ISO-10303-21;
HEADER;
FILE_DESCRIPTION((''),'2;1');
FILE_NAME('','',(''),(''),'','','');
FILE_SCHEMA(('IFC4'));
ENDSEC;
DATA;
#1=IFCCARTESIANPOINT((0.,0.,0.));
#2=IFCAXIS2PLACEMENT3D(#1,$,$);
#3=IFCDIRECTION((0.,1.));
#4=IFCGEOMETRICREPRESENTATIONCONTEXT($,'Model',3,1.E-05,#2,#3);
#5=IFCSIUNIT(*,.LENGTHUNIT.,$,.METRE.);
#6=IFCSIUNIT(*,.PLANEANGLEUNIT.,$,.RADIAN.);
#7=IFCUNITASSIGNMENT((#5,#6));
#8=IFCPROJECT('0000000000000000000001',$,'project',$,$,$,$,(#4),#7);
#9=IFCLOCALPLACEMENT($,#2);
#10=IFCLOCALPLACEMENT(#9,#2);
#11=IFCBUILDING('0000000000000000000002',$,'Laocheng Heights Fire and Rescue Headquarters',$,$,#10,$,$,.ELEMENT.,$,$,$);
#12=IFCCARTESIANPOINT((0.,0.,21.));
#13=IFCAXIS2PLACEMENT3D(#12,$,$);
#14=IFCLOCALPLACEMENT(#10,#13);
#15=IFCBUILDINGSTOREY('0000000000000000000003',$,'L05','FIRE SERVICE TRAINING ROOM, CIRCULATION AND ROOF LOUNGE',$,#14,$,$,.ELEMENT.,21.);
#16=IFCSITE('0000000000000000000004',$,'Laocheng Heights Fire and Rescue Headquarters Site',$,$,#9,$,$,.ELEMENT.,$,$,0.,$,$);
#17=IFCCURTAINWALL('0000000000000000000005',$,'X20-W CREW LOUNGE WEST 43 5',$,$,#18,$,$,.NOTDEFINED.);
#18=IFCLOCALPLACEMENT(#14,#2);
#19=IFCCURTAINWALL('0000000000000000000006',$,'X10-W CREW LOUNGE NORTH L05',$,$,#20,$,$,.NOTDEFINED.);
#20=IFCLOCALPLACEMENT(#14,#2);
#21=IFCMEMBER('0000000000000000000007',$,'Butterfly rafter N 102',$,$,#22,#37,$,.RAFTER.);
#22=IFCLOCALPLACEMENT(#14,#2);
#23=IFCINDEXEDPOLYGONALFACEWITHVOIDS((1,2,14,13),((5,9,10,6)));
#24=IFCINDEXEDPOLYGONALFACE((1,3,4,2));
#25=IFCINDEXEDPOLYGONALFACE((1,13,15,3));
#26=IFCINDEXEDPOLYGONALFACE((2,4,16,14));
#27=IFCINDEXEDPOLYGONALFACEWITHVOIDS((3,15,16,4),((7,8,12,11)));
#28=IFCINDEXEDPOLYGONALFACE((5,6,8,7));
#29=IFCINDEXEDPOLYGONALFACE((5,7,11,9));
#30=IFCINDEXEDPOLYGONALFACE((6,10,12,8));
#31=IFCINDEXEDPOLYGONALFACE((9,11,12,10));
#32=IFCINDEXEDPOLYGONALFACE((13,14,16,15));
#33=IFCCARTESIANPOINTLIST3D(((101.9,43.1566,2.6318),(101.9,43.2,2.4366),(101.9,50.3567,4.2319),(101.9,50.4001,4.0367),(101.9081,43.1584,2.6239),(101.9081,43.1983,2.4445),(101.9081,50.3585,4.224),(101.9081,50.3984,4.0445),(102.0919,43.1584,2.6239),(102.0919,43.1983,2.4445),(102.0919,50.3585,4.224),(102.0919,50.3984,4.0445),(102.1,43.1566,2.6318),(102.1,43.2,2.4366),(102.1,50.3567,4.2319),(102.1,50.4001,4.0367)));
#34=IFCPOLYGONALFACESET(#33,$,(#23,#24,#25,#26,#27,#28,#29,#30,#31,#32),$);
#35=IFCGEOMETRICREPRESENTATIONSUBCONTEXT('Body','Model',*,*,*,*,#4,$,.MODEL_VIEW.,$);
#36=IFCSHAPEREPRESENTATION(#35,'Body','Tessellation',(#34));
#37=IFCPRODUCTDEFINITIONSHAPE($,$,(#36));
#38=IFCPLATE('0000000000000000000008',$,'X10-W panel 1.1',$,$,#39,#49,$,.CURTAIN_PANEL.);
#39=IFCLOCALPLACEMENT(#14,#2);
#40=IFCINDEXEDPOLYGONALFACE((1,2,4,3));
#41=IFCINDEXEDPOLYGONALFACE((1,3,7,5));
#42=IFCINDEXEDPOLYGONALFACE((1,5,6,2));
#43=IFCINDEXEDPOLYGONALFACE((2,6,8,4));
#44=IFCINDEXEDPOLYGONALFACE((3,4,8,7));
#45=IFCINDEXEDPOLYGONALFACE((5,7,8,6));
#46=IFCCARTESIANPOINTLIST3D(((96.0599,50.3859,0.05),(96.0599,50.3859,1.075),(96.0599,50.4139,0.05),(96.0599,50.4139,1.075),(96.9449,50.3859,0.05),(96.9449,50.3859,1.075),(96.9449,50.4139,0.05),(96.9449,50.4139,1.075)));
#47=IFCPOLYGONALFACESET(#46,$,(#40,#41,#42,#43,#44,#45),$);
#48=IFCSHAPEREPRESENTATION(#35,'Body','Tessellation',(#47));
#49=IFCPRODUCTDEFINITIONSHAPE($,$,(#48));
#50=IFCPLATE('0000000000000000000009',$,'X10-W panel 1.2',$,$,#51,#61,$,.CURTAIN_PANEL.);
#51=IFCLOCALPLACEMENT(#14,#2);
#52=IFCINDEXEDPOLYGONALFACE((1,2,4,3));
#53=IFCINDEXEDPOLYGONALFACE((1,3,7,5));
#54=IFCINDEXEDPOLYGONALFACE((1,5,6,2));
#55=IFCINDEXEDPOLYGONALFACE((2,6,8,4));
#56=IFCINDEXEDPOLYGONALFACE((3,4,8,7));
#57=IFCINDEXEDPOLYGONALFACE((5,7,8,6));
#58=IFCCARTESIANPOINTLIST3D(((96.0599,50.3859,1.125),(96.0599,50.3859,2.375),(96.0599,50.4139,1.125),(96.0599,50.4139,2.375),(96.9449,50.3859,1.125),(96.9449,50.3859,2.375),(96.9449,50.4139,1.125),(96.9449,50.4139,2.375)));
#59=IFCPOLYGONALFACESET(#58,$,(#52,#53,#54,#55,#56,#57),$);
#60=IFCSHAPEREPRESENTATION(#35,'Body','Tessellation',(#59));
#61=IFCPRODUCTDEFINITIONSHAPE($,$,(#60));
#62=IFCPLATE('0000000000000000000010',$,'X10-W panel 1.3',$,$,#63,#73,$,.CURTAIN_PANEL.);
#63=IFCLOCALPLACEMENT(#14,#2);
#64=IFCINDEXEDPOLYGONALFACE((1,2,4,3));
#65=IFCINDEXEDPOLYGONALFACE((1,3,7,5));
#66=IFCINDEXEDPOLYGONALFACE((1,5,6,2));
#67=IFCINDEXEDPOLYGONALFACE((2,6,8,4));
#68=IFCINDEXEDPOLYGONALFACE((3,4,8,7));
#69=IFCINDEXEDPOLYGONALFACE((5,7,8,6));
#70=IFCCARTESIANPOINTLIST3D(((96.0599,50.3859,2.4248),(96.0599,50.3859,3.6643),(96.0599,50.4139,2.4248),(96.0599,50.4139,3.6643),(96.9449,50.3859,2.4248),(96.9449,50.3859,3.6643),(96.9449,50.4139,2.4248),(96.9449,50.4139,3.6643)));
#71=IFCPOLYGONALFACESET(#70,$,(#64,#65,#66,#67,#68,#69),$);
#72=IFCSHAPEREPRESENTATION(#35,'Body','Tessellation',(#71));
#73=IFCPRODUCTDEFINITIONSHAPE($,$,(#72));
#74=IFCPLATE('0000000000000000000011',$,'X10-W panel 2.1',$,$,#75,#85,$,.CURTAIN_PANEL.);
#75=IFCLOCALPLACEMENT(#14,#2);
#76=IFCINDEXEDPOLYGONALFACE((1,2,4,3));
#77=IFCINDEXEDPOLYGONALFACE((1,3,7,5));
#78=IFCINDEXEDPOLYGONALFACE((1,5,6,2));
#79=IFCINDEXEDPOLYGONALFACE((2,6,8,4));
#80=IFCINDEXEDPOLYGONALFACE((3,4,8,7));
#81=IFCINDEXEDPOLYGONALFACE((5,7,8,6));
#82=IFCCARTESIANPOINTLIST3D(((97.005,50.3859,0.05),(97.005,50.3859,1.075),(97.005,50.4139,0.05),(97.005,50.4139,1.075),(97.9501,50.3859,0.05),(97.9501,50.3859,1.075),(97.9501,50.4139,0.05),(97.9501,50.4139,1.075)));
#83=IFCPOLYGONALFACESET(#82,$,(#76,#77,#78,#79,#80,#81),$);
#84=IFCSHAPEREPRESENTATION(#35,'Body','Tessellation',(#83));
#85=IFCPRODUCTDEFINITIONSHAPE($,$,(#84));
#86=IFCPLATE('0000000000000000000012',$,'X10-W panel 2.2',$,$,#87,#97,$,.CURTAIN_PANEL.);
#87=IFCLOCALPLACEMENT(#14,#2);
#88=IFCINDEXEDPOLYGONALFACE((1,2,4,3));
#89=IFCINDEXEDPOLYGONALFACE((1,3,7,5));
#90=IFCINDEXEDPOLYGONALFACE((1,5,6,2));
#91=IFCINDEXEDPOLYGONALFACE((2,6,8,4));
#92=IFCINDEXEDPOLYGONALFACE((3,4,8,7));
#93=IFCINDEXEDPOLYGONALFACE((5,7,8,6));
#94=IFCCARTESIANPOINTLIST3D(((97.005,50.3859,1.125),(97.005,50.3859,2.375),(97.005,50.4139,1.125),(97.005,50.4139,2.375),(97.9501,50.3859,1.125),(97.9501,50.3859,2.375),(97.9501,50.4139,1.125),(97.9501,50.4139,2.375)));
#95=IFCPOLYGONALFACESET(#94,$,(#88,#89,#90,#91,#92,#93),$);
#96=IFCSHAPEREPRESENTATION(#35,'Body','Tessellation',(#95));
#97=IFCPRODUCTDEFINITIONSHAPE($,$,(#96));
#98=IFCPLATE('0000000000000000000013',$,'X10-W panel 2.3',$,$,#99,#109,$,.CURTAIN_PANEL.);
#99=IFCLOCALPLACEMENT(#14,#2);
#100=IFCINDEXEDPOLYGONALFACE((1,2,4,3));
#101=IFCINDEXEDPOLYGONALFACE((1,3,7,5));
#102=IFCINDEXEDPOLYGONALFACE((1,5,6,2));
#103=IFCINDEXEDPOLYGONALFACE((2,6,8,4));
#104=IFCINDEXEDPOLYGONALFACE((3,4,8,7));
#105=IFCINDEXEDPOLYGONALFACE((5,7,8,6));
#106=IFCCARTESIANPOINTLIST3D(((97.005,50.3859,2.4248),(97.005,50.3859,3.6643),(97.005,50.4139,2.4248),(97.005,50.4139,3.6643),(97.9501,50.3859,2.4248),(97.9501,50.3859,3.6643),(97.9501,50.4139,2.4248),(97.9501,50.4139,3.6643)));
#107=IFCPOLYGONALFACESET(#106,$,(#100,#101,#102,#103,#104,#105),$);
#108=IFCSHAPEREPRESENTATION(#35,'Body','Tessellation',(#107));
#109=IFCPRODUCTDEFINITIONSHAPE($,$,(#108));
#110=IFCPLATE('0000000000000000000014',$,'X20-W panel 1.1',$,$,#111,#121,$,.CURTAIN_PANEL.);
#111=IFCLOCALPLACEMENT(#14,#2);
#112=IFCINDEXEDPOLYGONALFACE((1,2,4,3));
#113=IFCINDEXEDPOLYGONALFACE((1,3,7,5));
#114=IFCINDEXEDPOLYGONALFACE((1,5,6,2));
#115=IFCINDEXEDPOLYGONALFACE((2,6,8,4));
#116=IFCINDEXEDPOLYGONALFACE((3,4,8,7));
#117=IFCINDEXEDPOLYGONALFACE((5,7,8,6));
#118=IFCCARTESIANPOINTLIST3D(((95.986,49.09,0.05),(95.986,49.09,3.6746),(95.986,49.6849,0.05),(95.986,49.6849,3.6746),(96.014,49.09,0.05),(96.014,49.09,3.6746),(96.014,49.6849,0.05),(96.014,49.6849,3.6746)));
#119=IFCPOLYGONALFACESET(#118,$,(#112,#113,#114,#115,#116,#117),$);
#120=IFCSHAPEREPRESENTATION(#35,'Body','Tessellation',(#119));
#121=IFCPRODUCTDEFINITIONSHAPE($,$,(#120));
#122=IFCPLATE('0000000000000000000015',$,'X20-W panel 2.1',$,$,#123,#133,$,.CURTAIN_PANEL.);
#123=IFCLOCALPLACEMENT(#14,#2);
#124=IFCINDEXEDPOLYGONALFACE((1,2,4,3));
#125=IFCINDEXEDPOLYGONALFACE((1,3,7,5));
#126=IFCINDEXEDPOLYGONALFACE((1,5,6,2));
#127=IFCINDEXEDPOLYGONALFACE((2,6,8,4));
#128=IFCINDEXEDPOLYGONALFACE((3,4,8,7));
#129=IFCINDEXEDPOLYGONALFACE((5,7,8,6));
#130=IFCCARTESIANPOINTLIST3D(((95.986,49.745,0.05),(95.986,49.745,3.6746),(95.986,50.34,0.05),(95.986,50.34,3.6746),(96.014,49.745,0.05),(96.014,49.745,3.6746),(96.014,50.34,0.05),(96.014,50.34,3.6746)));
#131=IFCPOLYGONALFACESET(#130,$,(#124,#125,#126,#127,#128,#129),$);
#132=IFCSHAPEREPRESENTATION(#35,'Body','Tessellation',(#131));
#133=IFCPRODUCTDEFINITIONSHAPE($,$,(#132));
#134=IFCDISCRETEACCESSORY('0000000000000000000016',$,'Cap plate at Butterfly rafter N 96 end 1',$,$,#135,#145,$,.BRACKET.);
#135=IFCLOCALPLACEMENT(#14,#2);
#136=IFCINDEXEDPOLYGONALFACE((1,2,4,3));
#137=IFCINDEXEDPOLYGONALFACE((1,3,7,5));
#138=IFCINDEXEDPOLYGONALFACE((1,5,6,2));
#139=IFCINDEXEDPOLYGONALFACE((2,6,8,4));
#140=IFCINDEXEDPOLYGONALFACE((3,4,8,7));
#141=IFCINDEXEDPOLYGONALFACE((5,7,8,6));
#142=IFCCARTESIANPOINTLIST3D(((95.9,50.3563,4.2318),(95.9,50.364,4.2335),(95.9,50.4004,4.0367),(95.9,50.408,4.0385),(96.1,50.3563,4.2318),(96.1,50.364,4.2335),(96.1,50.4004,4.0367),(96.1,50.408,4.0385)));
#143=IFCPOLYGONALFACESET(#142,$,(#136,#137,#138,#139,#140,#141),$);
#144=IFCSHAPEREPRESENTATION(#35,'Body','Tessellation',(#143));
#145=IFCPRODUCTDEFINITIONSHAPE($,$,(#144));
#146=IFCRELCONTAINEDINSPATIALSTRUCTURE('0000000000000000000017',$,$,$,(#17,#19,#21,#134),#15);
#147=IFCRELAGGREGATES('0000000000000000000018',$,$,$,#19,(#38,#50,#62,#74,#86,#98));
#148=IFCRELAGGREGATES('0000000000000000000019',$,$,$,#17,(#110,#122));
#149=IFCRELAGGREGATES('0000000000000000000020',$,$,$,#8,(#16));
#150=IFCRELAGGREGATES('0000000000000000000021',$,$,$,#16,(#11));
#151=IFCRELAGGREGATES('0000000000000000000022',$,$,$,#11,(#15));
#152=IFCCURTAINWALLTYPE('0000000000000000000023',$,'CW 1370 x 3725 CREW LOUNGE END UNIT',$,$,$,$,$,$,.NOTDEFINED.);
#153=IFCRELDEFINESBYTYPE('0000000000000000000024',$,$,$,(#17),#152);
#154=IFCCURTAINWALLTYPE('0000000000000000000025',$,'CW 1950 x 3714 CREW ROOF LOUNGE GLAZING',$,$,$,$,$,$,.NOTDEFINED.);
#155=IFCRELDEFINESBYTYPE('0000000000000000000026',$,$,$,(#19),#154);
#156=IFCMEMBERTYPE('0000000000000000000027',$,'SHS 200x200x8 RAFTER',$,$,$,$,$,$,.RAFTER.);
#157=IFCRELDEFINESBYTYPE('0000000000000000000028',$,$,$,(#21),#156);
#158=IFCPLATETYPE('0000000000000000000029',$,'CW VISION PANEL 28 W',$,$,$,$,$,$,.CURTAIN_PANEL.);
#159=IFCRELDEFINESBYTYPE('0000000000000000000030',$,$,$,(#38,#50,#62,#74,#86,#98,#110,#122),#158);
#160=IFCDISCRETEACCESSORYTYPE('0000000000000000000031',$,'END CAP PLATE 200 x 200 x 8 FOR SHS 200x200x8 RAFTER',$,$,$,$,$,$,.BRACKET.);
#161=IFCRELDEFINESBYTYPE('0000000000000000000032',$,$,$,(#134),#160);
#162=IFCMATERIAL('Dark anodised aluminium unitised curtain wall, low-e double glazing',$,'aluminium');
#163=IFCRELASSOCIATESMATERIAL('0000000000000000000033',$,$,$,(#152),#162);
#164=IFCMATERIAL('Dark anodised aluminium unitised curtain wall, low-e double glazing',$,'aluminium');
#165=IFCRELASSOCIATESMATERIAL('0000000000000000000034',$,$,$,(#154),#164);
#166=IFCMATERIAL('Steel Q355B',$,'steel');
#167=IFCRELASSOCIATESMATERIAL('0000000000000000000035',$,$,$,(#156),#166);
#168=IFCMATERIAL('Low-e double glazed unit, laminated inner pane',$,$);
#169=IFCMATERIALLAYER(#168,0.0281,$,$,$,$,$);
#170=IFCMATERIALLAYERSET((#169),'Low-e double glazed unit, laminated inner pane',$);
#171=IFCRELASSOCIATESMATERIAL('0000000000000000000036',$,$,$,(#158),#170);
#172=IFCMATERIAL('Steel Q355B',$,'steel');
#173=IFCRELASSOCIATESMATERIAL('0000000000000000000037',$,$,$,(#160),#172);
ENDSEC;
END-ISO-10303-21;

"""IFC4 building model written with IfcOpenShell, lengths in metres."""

from ifc_helpers import new_model, si_unit, direction, frame, origin, origin_2d, place, context, subcontext, project, spatial, rectangle, hollow_rectangle, extrude, material, layer, layer_set, material_profile, profile_set, type_object, element, aggregate, save


model = new_model("IFC4")

# Units and contexts
model_context = context("Model", 3, precision=1e-05, world=origin(), true_north=direction((0.0, 1.0)))
body_context = subcontext(model_context, "Body", "Model", "MODEL_VIEW")
ifc_project = project(units=[si_unit("LENGTHUNIT", "METRE"), si_unit("PLANEANGLEUNIT", "RADIAN")], contexts=[model_context])

# Site, building, storey
site_placement = place(None, origin())
site = spatial("IfcSite", under=ifc_project, at=site_placement, Name="Laocheng Heights Fire and Rescue Headquarters Site", CompositionType="ELEMENT", RefElevation=0.0)
building_placement = place(site_placement, origin())
building = spatial("IfcBuilding", under=site, at=building_placement, Name="Laocheng Heights Fire and Rescue Headquarters", CompositionType="ELEMENT")
storey_placement = place(building_placement, frame((0.0, 0.0, 21.0)))
storey = spatial("IfcBuildingStorey", under=building, at=storey_placement, Name="L05", Description="FIRE SERVICE TRAINING ROOM, CIRCULATION AND ROOF LOUNGE", CompositionType="ELEMENT", Elevation=21.0)

# Curtain walls
ifc_material_1 = material(Name="Dark anodised aluminium unitised curtain wall, low-e double glazing", Category="aluminium")
curtain_wall_type_1 = type_object("IfcCurtainWallType", Name="CW 1370 x 3725 CREW LOUNGE END UNIT", PredefinedType="NOTDEFINED", material=ifc_material_1)
curtain_wall_1_placement = place(storey_placement, origin())
curtain_wall_1 = element("IfcCurtainWall", 1, at=curtain_wall_1_placement, inside=storey, type_object=curtain_wall_type_1, Name="X20-W CREW LOUNGE WEST 43 5", PredefinedType="NOTDEFINED")
ifc_material_2 = material(Name="Dark anodised aluminium unitised curtain wall, low-e double glazing", Category="aluminium")
curtain_wall_type_2 = type_object("IfcCurtainWallType", Name="CW 1950 x 3714 CREW ROOF LOUNGE GLAZING", PredefinedType="NOTDEFINED", material=ifc_material_2)
curtain_wall_2_placement = place(storey_placement, origin())
curtain_wall_2 = element("IfcCurtainWall", 2, at=curtain_wall_2_placement, inside=storey, type_object=curtain_wall_type_2, Name="X10-W CREW LOUNGE NORTH L05", PredefinedType="NOTDEFINED")

# Member
ifc_material_3 = material(Name="Steel Q355B", Category="steel")
ifc_material_profile_1 = material_profile(ifc_material_3, hollow_rectangle(XDim=0.2, YDim=0.2, WallThickness=0.0081, at=origin_2d()), Name="SHS 200x200x8")
ifc_profile_set_1 = profile_set([ifc_material_profile_1], Name="Steel Q355B")
member_type_1 = type_object("IfcMemberType", Name="SHS 200x200x8 RAFTER", PredefinedType="RAFTER", material=ifc_profile_set_1)
member_1_placement = place(storey_placement, frame((102.0, 50.3784, 4.1343), z_axis=(0.0, -0.976186, -0.216937), x_axis=(1.0, 0.0, 0.0)))
element("IfcMember", 3, at=member_1_placement, inside=storey, type_object=member_type_1, Name="Butterfly rafter N 102", PredefinedType="RAFTER", context=body_context, shape_type="SweptSolid", body=[
    extrude(hollow_rectangle(XDim=0.2, YDim=0.2, WallThickness=0.0081, at=origin_2d()), origin(), (0.0, 0.0, 1.0), 7.3757),
])

# Plates
ifc_material_4 = material(Name="Low-e double glazed unit, laminated inner pane")
ifc_layer_1 = layer(ifc_material_4, 0.0281)
ifc_layer_set_1 = layer_set([ifc_layer_1], Name="Low-e double glazed unit, laminated inner pane")
plate_type = type_object("IfcPlateType", Name="CW VISION PANEL 28 W", PredefinedType="CURTAIN_PANEL", material=ifc_layer_set_1)
plate_1_placement = place(storey_placement, frame((96.5024, 50.3999, 0.05), z_axis=(0.0, 0.0, 1.0), x_axis=(1.0, 0.0, 0.0)))
plate_1 = element("IfcPlate", 4, at=plate_1_placement, type_object=plate_type, Name="X10-W panel 1.1", PredefinedType="CURTAIN_PANEL", context=body_context, shape_type="SweptSolid", body=[
    extrude(rectangle(XDim=0.885, YDim=0.0281, at=origin_2d()), origin(), (0.0, 0.0, 1.0), 1.0249),
])
plate_2_placement = place(storey_placement, frame((96.5024, 50.3999, 1.125), z_axis=(0.0, 0.0, 1.0), x_axis=(1.0, 0.0, 0.0)))
plate_2 = element("IfcPlate", 5, at=plate_2_placement, type_object=plate_type, Name="X10-W panel 1.2", PredefinedType="CURTAIN_PANEL", context=body_context, shape_type="SweptSolid", body=[
    extrude(rectangle(XDim=0.885, YDim=0.0281, at=origin_2d()), origin(), (0.0, 0.0, 1.0), 1.25),
])
plate_3_placement = place(storey_placement, frame((96.5024, 50.3999, 2.4248), z_axis=(0.0, 0.0, 1.0), x_axis=(1.0, 0.0, 0.0)))
plate_3 = element("IfcPlate", 6, at=plate_3_placement, type_object=plate_type, Name="X10-W panel 1.3", PredefinedType="CURTAIN_PANEL", context=body_context, shape_type="SweptSolid", body=[
    extrude(rectangle(XDim=0.885, YDim=0.0281, at=origin_2d()), origin(), (0.0, 0.0, 1.0), 1.2395),
])
plate_4_placement = place(storey_placement, frame((97.4775, 50.3999, 0.05), z_axis=(0.0, 0.0, 1.0), x_axis=(1.0, 0.0, 0.0)))
plate_4 = element("IfcPlate", 7, at=plate_4_placement, type_object=plate_type, Name="X10-W panel 2.1", PredefinedType="CURTAIN_PANEL", context=body_context, shape_type="SweptSolid", body=[
    extrude(rectangle(XDim=0.9451, YDim=0.0281, at=origin_2d()), origin(), (0.0, 0.0, 1.0), 1.0249),
])
plate_5_placement = place(storey_placement, frame((97.4775, 50.3999, 1.125), z_axis=(0.0, 0.0, 1.0), x_axis=(1.0, 0.0, 0.0)))
plate_5 = element("IfcPlate", 8, at=plate_5_placement, type_object=plate_type, Name="X10-W panel 2.2", PredefinedType="CURTAIN_PANEL", context=body_context, shape_type="SweptSolid", body=[
    extrude(rectangle(XDim=0.9451, YDim=0.0281, at=origin_2d()), origin(), (0.0, 0.0, 1.0), 1.25),
])
plate_6_placement = place(storey_placement, frame((97.4775, 50.3999, 2.4248), z_axis=(0.0, 0.0, 1.0), x_axis=(1.0, 0.0, 0.0)))
plate_6 = element("IfcPlate", 9, at=plate_6_placement, type_object=plate_type, Name="X10-W panel 2.3", PredefinedType="CURTAIN_PANEL", context=body_context, shape_type="SweptSolid", body=[
    extrude(rectangle(XDim=0.9451, YDim=0.0281, at=origin_2d()), origin(), (0.0, 0.0, 1.0), 1.2395),
])
aggregate(curtain_wall_2, [plate_1, plate_2, plate_3, plate_4, plate_5, plate_6])
plate_7_placement = place(storey_placement, frame((96.0, 49.3875, 0.05), z_axis=(0.0, 0.0, 1.0), x_axis=(0.0, 1.0, 0.0)))
plate_7 = element("IfcPlate", 10, at=plate_7_placement, type_object=plate_type, Name="X20-W panel 1.1", PredefinedType="CURTAIN_PANEL", context=body_context, shape_type="SweptSolid", body=[
    extrude(rectangle(XDim=0.595, YDim=0.0281, at=origin_2d()), origin(), (0.0, 0.0, 1.0), 3.6245),
])
plate_8_placement = place(storey_placement, frame((96.0, 50.0425, 0.05), z_axis=(0.0, 0.0, 1.0), x_axis=(0.0, 1.0, 0.0)))
plate_8 = element("IfcPlate", 11, at=plate_8_placement, type_object=plate_type, Name="X20-W panel 2.1", PredefinedType="CURTAIN_PANEL", context=body_context, shape_type="SweptSolid", body=[
    extrude(rectangle(XDim=0.595, YDim=0.0281, at=origin_2d()), origin(), (0.0, 0.0, 1.0), 3.6245),
])
aggregate(curtain_wall_1, [plate_7, plate_8])

# Discrete accessory
ifc_material_5 = material(Name="Steel Q355B", Category="steel")
ifc_material_profile_2 = material_profile(ifc_material_5, rectangle(XDim=0.2, YDim=0.2, at=origin_2d()), Name="END CAP PLATE 200 x 200 x 8 FOR SHS 200x200x8 RAFTER")
ifc_profile_set_2 = profile_set([ifc_material_profile_2], Name="Steel Q355B")
discrete_accessory_type = type_object("IfcDiscreteAccessoryType", Name="END CAP PLATE 200 x 200 x 8 FOR SHS 200x200x8 RAFTER", PredefinedType="BRACKET", material=ifc_profile_set_2)
discrete_accessory_placement = place(storey_placement, frame((96.0, 50.386, 4.136), z_axis=(0.0, -0.975441, -0.220261), x_axis=(1.0, 0.0, 0.0)))
element("IfcDiscreteAccessory", 12, at=discrete_accessory_placement, inside=storey, type_object=discrete_accessory_type, Name="Cap plate at Butterfly rafter N 96 end 1", PredefinedType="BRACKET", context=body_context, shape_type="SweptSolid", body=[
    extrude(rectangle(XDim=0.2, YDim=0.2, at=origin_2d()), origin(), (0.0, 0.0, 1.0), 0.0078),
])

save(model, "model.ifc")
